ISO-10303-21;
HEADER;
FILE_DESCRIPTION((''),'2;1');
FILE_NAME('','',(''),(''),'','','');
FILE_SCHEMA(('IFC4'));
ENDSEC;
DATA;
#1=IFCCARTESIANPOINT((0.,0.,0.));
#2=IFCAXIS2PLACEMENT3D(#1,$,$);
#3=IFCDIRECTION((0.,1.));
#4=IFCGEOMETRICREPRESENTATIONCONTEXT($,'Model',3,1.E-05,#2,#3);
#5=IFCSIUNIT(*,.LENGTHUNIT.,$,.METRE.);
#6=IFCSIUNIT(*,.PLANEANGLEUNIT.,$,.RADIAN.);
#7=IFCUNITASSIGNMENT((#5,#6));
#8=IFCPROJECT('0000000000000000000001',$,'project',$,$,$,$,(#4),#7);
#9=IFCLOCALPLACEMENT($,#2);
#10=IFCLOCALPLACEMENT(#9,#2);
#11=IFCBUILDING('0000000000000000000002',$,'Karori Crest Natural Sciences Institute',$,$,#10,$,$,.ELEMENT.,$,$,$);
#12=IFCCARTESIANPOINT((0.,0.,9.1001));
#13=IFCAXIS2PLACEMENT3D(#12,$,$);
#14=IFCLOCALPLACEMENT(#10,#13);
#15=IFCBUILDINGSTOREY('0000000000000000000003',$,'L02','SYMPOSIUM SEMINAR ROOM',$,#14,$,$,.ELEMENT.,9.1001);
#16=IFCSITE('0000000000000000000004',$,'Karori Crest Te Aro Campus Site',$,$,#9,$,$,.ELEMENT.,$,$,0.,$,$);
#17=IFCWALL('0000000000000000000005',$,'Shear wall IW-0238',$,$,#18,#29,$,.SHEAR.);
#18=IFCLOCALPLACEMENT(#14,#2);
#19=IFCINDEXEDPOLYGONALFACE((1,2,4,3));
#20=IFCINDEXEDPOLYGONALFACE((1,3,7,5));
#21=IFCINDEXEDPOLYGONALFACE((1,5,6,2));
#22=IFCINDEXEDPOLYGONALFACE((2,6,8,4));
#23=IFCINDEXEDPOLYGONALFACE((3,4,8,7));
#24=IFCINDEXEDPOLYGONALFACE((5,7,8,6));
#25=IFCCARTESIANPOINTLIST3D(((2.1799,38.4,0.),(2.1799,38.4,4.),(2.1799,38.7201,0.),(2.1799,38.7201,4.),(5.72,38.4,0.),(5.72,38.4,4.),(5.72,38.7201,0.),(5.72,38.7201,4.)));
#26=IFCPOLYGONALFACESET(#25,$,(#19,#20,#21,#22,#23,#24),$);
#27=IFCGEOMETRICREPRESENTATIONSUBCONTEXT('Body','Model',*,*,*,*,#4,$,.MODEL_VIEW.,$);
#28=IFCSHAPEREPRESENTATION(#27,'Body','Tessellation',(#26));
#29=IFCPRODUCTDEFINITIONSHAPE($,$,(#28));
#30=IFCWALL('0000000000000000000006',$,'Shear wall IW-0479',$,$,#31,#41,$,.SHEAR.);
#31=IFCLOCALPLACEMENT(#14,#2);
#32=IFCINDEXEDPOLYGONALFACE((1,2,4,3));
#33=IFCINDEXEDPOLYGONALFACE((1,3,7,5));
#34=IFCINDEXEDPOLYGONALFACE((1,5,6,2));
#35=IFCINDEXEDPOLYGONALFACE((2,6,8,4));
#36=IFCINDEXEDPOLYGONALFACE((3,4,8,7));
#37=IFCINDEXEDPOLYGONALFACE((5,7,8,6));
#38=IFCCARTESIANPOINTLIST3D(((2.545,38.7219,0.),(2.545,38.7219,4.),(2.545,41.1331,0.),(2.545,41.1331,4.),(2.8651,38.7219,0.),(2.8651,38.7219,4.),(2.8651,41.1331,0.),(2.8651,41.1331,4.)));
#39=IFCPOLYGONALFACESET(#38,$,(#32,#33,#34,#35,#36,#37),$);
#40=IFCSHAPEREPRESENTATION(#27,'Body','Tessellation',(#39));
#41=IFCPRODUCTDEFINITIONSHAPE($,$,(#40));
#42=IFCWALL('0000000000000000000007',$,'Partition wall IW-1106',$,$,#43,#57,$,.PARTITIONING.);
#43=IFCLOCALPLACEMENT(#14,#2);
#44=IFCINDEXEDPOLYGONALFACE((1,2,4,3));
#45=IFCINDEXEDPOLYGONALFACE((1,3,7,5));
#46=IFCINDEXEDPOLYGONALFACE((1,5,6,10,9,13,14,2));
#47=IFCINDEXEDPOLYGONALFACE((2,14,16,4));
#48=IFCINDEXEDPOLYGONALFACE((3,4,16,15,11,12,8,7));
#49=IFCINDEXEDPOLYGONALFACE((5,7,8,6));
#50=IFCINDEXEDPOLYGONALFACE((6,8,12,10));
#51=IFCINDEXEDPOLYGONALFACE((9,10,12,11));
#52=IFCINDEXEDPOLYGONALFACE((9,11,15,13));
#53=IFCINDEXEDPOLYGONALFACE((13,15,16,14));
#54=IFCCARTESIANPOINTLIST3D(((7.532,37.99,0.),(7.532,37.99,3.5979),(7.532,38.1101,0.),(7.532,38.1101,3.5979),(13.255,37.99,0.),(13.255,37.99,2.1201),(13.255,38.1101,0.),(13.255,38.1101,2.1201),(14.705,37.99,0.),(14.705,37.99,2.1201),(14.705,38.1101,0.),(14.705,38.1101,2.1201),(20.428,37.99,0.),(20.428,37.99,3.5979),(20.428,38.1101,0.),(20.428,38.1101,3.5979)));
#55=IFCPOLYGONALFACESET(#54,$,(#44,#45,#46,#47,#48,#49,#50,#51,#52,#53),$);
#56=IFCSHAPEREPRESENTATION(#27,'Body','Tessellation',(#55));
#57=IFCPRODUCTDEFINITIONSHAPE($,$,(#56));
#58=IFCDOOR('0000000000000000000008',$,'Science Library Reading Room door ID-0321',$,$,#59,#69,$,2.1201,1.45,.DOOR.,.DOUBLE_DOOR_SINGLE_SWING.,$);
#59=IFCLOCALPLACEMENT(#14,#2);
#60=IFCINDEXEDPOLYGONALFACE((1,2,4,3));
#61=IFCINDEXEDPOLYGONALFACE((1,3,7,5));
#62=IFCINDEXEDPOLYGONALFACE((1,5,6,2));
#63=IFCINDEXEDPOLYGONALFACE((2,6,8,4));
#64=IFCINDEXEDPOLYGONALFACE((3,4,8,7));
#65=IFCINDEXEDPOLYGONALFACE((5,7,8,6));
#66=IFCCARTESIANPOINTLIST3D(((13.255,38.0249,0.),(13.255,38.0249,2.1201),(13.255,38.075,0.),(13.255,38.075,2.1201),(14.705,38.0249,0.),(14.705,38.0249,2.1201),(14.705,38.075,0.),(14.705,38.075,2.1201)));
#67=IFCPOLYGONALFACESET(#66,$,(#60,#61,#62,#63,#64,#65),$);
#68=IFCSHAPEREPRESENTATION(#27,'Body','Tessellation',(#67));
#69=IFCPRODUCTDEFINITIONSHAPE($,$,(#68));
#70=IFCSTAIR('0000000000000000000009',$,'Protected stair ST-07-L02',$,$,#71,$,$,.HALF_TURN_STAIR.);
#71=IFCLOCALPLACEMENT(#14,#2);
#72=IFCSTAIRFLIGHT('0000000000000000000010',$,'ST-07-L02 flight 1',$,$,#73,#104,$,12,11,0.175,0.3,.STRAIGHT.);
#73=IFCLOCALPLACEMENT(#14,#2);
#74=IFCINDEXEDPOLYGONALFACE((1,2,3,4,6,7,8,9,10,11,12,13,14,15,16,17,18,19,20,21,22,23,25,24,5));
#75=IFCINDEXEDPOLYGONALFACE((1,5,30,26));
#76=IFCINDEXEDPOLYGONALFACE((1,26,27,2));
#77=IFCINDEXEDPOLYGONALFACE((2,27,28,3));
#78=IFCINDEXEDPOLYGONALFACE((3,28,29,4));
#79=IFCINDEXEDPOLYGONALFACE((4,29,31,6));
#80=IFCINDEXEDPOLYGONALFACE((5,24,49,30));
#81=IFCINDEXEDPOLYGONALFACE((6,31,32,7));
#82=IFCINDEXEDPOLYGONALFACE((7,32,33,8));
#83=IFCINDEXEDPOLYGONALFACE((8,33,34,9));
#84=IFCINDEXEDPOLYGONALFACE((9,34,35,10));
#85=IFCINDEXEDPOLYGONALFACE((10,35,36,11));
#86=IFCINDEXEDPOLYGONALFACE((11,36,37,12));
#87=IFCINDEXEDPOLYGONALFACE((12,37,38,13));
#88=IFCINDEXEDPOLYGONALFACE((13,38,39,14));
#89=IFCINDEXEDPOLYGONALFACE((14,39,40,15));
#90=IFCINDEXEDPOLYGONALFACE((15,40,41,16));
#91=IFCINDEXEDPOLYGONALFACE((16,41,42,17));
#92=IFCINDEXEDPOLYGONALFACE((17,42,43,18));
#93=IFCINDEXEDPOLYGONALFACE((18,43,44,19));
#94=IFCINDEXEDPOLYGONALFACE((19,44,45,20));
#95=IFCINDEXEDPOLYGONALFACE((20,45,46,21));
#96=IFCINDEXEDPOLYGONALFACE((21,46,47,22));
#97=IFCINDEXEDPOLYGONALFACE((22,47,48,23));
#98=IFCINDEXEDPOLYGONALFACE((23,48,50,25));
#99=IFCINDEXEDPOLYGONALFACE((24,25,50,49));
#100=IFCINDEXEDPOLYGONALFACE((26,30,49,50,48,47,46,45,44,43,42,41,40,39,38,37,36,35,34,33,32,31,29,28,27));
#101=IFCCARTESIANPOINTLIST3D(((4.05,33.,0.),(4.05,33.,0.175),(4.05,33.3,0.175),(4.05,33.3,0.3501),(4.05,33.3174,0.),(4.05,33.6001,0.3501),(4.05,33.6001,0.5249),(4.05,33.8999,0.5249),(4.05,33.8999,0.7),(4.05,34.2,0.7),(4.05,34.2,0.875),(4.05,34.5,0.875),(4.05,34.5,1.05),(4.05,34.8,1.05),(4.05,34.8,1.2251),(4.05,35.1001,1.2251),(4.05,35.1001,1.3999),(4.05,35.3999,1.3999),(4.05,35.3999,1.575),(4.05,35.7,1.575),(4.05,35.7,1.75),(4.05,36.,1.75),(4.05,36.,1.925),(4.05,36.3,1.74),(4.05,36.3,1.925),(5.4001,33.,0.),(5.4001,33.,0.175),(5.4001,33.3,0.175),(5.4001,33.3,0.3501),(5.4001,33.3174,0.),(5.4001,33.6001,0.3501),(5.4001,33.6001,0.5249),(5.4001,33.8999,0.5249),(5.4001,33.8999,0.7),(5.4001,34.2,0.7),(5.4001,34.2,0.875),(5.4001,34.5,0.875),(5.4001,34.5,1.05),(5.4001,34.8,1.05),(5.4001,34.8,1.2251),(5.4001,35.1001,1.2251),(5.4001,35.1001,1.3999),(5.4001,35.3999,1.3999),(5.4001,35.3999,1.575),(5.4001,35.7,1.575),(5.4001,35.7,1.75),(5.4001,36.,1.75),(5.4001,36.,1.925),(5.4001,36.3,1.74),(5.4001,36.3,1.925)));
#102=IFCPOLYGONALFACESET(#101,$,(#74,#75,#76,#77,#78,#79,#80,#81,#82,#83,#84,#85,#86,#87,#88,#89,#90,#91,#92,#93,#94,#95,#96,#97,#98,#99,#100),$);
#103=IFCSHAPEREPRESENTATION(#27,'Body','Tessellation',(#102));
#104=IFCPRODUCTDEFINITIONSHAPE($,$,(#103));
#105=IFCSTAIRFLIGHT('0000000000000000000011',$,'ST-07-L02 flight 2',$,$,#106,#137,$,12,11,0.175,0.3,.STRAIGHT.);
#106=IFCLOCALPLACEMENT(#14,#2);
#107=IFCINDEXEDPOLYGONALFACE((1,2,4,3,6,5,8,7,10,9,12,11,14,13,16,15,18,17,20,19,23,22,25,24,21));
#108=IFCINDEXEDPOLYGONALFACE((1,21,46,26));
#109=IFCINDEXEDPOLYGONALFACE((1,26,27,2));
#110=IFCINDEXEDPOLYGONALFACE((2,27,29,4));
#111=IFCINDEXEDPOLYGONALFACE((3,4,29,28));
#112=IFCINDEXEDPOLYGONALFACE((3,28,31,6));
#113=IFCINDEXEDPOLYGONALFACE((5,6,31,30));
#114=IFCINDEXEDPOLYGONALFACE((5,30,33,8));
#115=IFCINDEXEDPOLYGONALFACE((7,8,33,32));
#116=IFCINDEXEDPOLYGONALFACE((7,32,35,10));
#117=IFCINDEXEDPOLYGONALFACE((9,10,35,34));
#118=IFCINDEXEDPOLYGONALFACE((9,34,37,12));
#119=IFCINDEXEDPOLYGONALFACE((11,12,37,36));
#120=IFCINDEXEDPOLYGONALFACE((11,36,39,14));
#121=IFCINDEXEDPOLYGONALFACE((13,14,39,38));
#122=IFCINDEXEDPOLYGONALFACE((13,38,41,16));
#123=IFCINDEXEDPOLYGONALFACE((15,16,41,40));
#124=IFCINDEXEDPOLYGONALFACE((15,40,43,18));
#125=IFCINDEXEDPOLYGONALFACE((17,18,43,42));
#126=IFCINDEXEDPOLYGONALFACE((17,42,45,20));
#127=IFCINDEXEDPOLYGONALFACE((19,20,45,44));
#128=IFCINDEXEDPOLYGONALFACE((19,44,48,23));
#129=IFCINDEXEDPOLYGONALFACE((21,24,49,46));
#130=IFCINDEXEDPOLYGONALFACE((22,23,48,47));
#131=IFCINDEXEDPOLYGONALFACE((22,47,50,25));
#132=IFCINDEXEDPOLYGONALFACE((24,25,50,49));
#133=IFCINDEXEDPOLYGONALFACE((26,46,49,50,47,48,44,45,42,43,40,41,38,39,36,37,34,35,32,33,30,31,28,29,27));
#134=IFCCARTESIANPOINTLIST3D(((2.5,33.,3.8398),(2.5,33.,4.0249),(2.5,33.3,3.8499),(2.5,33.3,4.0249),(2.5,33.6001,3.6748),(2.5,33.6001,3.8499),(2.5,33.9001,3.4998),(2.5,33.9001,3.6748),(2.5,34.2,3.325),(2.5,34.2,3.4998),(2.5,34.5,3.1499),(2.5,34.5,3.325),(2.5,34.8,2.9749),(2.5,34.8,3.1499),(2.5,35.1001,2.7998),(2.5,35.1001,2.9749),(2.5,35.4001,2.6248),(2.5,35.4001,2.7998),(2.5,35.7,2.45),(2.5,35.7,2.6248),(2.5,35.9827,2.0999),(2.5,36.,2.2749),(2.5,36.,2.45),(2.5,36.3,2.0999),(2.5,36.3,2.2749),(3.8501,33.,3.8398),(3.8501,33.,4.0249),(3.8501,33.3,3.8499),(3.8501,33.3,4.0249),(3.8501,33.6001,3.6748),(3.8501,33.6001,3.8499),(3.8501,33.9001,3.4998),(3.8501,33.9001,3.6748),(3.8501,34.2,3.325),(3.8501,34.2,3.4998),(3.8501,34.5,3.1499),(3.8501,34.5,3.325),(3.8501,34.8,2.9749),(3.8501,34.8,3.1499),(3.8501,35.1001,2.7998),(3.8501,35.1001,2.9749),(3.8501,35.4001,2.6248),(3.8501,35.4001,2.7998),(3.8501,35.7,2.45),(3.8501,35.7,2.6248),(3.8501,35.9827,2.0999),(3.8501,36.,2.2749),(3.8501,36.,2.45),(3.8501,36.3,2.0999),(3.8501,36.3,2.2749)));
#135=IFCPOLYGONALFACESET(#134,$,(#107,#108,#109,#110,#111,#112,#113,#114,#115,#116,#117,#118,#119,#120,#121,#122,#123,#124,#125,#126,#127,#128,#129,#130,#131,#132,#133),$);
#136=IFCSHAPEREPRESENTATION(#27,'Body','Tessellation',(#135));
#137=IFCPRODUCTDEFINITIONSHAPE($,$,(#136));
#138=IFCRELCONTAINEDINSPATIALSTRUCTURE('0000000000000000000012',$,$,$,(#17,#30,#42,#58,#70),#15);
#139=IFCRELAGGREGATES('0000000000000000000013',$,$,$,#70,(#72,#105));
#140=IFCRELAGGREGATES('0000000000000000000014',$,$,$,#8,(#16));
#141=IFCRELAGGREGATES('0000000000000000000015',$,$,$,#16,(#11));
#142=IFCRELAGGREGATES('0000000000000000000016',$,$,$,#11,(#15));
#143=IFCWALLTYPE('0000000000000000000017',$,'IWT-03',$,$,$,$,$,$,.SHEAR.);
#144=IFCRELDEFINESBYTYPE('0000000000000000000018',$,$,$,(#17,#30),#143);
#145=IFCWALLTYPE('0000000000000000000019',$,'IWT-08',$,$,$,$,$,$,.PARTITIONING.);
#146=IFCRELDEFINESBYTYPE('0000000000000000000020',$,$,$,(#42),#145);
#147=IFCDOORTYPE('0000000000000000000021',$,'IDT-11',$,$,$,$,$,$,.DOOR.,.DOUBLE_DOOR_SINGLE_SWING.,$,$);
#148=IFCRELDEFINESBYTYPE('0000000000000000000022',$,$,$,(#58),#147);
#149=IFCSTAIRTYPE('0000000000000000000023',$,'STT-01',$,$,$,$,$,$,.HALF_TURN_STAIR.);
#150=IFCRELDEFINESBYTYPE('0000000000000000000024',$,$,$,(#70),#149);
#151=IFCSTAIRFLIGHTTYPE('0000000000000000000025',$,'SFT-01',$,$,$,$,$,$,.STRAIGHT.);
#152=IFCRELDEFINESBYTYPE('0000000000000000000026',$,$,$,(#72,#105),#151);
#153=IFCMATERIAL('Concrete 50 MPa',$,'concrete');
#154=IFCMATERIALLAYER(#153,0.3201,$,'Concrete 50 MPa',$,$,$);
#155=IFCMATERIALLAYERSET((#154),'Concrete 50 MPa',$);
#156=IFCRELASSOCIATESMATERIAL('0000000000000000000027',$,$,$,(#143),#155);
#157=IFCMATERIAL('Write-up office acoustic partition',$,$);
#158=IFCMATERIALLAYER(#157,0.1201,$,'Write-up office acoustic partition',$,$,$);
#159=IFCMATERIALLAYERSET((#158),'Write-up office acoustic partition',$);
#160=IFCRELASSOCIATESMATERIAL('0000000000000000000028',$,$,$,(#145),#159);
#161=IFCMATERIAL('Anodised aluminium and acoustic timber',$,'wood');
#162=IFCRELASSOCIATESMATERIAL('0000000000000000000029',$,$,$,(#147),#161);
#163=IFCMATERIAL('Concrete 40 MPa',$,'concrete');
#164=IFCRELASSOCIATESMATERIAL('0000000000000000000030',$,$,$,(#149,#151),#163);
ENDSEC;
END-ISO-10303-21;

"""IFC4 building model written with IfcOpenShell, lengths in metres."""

from ifc_helpers import new_model, si_unit, direction, frame, frame_2d, origin, place, context, subcontext, project, spatial, polyline, rectangle, outline, extrude, material, layer, layer_set, type_object, element, fill, aggregate, save


model = new_model("IFC4")

# Units and contexts
model_context = context("Model", 3, precision=1e-05, world=origin(), true_north=direction((0.0, 1.0)))
body_context = subcontext(model_context, "Body", "Model", "MODEL_VIEW")
ifc_project = project(units=[si_unit("LENGTHUNIT", "METRE"), si_unit("PLANEANGLEUNIT", "RADIAN")], contexts=[model_context])

# Site, building, storey
site_placement = place(None, origin())
site = spatial("IfcSite", under=ifc_project, at=site_placement, Name="Karori Crest Te Aro Campus Site", CompositionType="ELEMENT", RefElevation=0.0)
building_placement = place(site_placement, origin())
building = spatial("IfcBuilding", under=site, at=building_placement, Name="Karori Crest Natural Sciences Institute", CompositionType="ELEMENT")
storey_placement = place(building_placement, frame((0.0, 0.0, 9.1001)))
storey = spatial("IfcBuildingStorey", under=building, at=storey_placement, Name="L02", Description="SYMPOSIUM SEMINAR ROOM", CompositionType="ELEMENT", Elevation=9.1001)

# Walls
ifc_material_1 = material(Name="Concrete 50 MPa", Category="concrete")
ifc_layer_1 = layer(ifc_material_1, 0.3201, Name="Concrete 50 MPa")
ifc_layer_set_1 = layer_set([ifc_layer_1], Name="Concrete 50 MPa")
wall_type_1 = type_object("IfcWallType", Name="IWT-03", PredefinedType="SHEAR", material=ifc_layer_set_1)
wall_1_placement = place(storey_placement, frame((2.1799, 38.5601, 0.0), z_axis=(0.0, 0.0, 1.0), x_axis=(1.0, 0.0, 0.0)))
element("IfcWall", 1, at=wall_1_placement, inside=storey, type_object=wall_type_1, Name="Shear wall IW-0238", PredefinedType="SHEAR", context=body_context, shape_type="SweptSolid", body=[
    extrude(rectangle(XDim=3.54, YDim=0.3201, at=frame_2d((1.77, 0.0))), origin(), (0.0, 0.0, 1.0), 4.0),
])
wall_2_placement = place(storey_placement, frame((2.7051, 38.7219, 0.0), z_axis=(0.0, 0.0, 1.0), x_axis=(0.0, 1.0, 0.0)))
element("IfcWall", 2, at=wall_2_placement, inside=storey, type_object=wall_type_1, Name="Shear wall IW-0479", PredefinedType="SHEAR", context=body_context, shape_type="SweptSolid", body=[
    extrude(rectangle(XDim=2.4111, YDim=0.3201, at=frame_2d((1.2056, 0.0))), origin(), (0.0, 0.0, 1.0), 4.0),
])

# Wall, opening, door
ifc_material_2 = material(Name="Write-up office acoustic partition")
ifc_layer_2 = layer(ifc_material_2, 0.1201, Name="Write-up office acoustic partition")
ifc_layer_set_2 = layer_set([ifc_layer_2], Name="Write-up office acoustic partition")
wall_type_2 = type_object("IfcWallType", Name="IWT-08", PredefinedType="PARTITIONING", material=ifc_layer_set_2)
wall_3_placement = place(storey_placement, frame((7.532, 38.05, 0.0), z_axis=(0.0, 0.0, 1.0), x_axis=(1.0, 0.0, 0.0)))
wall_3 = element("IfcWall", 3, at=wall_3_placement, inside=storey, type_object=wall_type_2, Name="Partition wall IW-1106", PredefinedType="PARTITIONING", context=body_context, shape_type="SweptSolid", body=[
    extrude(rectangle(XDim=12.896, YDim=0.1201, at=frame_2d((6.448, 0.0))), origin(), (0.0, 0.0, 1.0), 3.5979),
])
opening_placement = place(wall_3_placement, frame((5.7229, 0.0, 0.0)))
opening = element("IfcOpeningElement", 4, at=opening_placement, cuts=wall_3, PredefinedType="OPENING", context=body_context, shape_type="SweptSolid", body=[
    extrude(rectangle(XDim=1.45, YDim=2.1201, at=frame_2d((0.7251, 1.0601))), frame((0.0, 0.0701, 0.0), z_axis=(0.0, -1.0, 0.0), x_axis=(1.0, 0.0, 0.0)), (0.0, 0.0, 1.0), 0.1401),
])
ifc_material_3 = material(Name="Anodised aluminium and acoustic timber", Category="wood")
door_type = type_object("IfcDoorType", Name="IDT-11", OperationType="DOUBLE_DOOR_SINGLE_SWING", PredefinedType="DOOR", material=ifc_material_3)
door_placement = place(opening_placement, origin())
door = element("IfcDoor", 5, at=door_placement, inside=storey, type_object=door_type, Name="Science Library Reading Room door ID-0321", OperationType="DOUBLE_DOOR_SINGLE_SWING", OverallHeight=2.1201, OverallWidth=1.45, PredefinedType="DOOR", context=body_context, shape_type="SweptSolid", body=[
    extrude(rectangle(XDim=1.45, YDim=2.1201, at=frame_2d((0.7251, 1.0601))), frame((0.0, 0.0249, 0.0), z_axis=(0.0, -1.0, 0.0), x_axis=(1.0, 0.0, 0.0)), (0.0, 0.0, 1.0), 0.05),
])
fill(opening, door)

# Stair, stair flights
ifc_material_4 = material(Name="Concrete 40 MPa", Category="concrete")
stair_type = type_object("IfcStairType", Name="STT-01", PredefinedType="HALF_TURN_STAIR", material=ifc_material_4)
stair_placement = place(storey_placement, origin())
stair = element("IfcStair", 6, at=stair_placement, inside=storey, type_object=stair_type, Name="Protected stair ST-07-L02", PredefinedType="HALF_TURN_STAIR")
stair_flight_type = type_object("IfcStairFlightType", Name="SFT-01", PredefinedType="STRAIGHT", material=ifc_material_4)
stair_flight_1_placement = place(storey_placement, frame((4.7251, 33.0, 0.0), z_axis=(0.0, 0.0, 1.0), x_axis=(0.0, 1.0, 0.0)))
stair_flight_1 = element("IfcStairFlight", 7, at=stair_flight_1_placement, type_object=stair_flight_type, Name="ST-07-L02 flight 1", NumberOfRisers=12, NumberOfTreads=11, PredefinedType="STRAIGHT", RiserHeight=0.175, TreadLength=0.3, context=body_context, shape_type="SweptSolid", body=[
    extrude(outline(polyline([(0.0, 0.0), (0.0, 0.175), (0.3, 0.175), (0.3, 0.3501), (0.6001, 0.3501), (0.6001, 0.5249), (0.8999, 0.5249), (0.8999, 0.7), (1.2, 0.7), (1.2, 0.875), (1.5, 0.875), (1.5, 1.05), (1.8, 1.05), (1.8, 1.2251), (2.1001, 1.2251), (2.1001, 1.3999), (2.3999, 1.3999), (2.3999, 1.575), (2.7, 1.575), (2.7, 1.75), (3.0, 1.75), (3.0, 1.925), (3.3, 1.925), (3.3, 2.1001), (3.3, 1.74), (0.3174, 0.0), (0.0, 0.0)])), frame((0.0, 0.675, 0.0), z_axis=(0.0, -1.0, 0.0), x_axis=(1.0, 0.0, 0.0)), (0.0, 0.0, 1.0), 1.3501),
])
stair_flight_2_placement = place(storey_placement, frame((3.175, 36.3, 2.0999), z_axis=(0.0, 0.0, 1.0), x_axis=(0.0, -1.0, 0.0)))
stair_flight_2 = element("IfcStairFlight", 8, at=stair_flight_2_placement, type_object=stair_flight_type, Name="ST-07-L02 flight 2", NumberOfRisers=12, NumberOfTreads=11, PredefinedType="STRAIGHT", RiserHeight=0.175, TreadLength=0.3, context=body_context, shape_type="SweptSolid", body=[
    extrude(outline(polyline([(0.0, 0.0), (0.0, 0.175), (0.3, 0.175), (0.3, 0.3501), (0.6001, 0.3501), (0.6001, 0.5249), (0.8999, 0.5249), (0.8999, 0.7), (1.2, 0.7), (1.2, 0.875), (1.5, 0.875), (1.5, 1.05), (1.8, 1.05), (1.8, 1.2251), (2.1001, 1.2251), (2.1001, 1.3999), (2.3999, 1.3999), (2.3999, 1.575), (2.7, 1.575), (2.7, 1.75), (3.0, 1.75), (3.0, 1.925), (3.3, 1.925), (3.3, 2.1001), (3.3, 1.74), (0.3174, 0.0), (0.0, 0.0)])), frame((0.0, 0.675, 0.0), z_axis=(0.0, -1.0, 0.0), x_axis=(1.0, 0.0, 0.0)), (0.0, 0.0, 1.0), 1.3501),
])
aggregate(stair, [stair_flight_1, stair_flight_2])

save(model, "model.ifc")
